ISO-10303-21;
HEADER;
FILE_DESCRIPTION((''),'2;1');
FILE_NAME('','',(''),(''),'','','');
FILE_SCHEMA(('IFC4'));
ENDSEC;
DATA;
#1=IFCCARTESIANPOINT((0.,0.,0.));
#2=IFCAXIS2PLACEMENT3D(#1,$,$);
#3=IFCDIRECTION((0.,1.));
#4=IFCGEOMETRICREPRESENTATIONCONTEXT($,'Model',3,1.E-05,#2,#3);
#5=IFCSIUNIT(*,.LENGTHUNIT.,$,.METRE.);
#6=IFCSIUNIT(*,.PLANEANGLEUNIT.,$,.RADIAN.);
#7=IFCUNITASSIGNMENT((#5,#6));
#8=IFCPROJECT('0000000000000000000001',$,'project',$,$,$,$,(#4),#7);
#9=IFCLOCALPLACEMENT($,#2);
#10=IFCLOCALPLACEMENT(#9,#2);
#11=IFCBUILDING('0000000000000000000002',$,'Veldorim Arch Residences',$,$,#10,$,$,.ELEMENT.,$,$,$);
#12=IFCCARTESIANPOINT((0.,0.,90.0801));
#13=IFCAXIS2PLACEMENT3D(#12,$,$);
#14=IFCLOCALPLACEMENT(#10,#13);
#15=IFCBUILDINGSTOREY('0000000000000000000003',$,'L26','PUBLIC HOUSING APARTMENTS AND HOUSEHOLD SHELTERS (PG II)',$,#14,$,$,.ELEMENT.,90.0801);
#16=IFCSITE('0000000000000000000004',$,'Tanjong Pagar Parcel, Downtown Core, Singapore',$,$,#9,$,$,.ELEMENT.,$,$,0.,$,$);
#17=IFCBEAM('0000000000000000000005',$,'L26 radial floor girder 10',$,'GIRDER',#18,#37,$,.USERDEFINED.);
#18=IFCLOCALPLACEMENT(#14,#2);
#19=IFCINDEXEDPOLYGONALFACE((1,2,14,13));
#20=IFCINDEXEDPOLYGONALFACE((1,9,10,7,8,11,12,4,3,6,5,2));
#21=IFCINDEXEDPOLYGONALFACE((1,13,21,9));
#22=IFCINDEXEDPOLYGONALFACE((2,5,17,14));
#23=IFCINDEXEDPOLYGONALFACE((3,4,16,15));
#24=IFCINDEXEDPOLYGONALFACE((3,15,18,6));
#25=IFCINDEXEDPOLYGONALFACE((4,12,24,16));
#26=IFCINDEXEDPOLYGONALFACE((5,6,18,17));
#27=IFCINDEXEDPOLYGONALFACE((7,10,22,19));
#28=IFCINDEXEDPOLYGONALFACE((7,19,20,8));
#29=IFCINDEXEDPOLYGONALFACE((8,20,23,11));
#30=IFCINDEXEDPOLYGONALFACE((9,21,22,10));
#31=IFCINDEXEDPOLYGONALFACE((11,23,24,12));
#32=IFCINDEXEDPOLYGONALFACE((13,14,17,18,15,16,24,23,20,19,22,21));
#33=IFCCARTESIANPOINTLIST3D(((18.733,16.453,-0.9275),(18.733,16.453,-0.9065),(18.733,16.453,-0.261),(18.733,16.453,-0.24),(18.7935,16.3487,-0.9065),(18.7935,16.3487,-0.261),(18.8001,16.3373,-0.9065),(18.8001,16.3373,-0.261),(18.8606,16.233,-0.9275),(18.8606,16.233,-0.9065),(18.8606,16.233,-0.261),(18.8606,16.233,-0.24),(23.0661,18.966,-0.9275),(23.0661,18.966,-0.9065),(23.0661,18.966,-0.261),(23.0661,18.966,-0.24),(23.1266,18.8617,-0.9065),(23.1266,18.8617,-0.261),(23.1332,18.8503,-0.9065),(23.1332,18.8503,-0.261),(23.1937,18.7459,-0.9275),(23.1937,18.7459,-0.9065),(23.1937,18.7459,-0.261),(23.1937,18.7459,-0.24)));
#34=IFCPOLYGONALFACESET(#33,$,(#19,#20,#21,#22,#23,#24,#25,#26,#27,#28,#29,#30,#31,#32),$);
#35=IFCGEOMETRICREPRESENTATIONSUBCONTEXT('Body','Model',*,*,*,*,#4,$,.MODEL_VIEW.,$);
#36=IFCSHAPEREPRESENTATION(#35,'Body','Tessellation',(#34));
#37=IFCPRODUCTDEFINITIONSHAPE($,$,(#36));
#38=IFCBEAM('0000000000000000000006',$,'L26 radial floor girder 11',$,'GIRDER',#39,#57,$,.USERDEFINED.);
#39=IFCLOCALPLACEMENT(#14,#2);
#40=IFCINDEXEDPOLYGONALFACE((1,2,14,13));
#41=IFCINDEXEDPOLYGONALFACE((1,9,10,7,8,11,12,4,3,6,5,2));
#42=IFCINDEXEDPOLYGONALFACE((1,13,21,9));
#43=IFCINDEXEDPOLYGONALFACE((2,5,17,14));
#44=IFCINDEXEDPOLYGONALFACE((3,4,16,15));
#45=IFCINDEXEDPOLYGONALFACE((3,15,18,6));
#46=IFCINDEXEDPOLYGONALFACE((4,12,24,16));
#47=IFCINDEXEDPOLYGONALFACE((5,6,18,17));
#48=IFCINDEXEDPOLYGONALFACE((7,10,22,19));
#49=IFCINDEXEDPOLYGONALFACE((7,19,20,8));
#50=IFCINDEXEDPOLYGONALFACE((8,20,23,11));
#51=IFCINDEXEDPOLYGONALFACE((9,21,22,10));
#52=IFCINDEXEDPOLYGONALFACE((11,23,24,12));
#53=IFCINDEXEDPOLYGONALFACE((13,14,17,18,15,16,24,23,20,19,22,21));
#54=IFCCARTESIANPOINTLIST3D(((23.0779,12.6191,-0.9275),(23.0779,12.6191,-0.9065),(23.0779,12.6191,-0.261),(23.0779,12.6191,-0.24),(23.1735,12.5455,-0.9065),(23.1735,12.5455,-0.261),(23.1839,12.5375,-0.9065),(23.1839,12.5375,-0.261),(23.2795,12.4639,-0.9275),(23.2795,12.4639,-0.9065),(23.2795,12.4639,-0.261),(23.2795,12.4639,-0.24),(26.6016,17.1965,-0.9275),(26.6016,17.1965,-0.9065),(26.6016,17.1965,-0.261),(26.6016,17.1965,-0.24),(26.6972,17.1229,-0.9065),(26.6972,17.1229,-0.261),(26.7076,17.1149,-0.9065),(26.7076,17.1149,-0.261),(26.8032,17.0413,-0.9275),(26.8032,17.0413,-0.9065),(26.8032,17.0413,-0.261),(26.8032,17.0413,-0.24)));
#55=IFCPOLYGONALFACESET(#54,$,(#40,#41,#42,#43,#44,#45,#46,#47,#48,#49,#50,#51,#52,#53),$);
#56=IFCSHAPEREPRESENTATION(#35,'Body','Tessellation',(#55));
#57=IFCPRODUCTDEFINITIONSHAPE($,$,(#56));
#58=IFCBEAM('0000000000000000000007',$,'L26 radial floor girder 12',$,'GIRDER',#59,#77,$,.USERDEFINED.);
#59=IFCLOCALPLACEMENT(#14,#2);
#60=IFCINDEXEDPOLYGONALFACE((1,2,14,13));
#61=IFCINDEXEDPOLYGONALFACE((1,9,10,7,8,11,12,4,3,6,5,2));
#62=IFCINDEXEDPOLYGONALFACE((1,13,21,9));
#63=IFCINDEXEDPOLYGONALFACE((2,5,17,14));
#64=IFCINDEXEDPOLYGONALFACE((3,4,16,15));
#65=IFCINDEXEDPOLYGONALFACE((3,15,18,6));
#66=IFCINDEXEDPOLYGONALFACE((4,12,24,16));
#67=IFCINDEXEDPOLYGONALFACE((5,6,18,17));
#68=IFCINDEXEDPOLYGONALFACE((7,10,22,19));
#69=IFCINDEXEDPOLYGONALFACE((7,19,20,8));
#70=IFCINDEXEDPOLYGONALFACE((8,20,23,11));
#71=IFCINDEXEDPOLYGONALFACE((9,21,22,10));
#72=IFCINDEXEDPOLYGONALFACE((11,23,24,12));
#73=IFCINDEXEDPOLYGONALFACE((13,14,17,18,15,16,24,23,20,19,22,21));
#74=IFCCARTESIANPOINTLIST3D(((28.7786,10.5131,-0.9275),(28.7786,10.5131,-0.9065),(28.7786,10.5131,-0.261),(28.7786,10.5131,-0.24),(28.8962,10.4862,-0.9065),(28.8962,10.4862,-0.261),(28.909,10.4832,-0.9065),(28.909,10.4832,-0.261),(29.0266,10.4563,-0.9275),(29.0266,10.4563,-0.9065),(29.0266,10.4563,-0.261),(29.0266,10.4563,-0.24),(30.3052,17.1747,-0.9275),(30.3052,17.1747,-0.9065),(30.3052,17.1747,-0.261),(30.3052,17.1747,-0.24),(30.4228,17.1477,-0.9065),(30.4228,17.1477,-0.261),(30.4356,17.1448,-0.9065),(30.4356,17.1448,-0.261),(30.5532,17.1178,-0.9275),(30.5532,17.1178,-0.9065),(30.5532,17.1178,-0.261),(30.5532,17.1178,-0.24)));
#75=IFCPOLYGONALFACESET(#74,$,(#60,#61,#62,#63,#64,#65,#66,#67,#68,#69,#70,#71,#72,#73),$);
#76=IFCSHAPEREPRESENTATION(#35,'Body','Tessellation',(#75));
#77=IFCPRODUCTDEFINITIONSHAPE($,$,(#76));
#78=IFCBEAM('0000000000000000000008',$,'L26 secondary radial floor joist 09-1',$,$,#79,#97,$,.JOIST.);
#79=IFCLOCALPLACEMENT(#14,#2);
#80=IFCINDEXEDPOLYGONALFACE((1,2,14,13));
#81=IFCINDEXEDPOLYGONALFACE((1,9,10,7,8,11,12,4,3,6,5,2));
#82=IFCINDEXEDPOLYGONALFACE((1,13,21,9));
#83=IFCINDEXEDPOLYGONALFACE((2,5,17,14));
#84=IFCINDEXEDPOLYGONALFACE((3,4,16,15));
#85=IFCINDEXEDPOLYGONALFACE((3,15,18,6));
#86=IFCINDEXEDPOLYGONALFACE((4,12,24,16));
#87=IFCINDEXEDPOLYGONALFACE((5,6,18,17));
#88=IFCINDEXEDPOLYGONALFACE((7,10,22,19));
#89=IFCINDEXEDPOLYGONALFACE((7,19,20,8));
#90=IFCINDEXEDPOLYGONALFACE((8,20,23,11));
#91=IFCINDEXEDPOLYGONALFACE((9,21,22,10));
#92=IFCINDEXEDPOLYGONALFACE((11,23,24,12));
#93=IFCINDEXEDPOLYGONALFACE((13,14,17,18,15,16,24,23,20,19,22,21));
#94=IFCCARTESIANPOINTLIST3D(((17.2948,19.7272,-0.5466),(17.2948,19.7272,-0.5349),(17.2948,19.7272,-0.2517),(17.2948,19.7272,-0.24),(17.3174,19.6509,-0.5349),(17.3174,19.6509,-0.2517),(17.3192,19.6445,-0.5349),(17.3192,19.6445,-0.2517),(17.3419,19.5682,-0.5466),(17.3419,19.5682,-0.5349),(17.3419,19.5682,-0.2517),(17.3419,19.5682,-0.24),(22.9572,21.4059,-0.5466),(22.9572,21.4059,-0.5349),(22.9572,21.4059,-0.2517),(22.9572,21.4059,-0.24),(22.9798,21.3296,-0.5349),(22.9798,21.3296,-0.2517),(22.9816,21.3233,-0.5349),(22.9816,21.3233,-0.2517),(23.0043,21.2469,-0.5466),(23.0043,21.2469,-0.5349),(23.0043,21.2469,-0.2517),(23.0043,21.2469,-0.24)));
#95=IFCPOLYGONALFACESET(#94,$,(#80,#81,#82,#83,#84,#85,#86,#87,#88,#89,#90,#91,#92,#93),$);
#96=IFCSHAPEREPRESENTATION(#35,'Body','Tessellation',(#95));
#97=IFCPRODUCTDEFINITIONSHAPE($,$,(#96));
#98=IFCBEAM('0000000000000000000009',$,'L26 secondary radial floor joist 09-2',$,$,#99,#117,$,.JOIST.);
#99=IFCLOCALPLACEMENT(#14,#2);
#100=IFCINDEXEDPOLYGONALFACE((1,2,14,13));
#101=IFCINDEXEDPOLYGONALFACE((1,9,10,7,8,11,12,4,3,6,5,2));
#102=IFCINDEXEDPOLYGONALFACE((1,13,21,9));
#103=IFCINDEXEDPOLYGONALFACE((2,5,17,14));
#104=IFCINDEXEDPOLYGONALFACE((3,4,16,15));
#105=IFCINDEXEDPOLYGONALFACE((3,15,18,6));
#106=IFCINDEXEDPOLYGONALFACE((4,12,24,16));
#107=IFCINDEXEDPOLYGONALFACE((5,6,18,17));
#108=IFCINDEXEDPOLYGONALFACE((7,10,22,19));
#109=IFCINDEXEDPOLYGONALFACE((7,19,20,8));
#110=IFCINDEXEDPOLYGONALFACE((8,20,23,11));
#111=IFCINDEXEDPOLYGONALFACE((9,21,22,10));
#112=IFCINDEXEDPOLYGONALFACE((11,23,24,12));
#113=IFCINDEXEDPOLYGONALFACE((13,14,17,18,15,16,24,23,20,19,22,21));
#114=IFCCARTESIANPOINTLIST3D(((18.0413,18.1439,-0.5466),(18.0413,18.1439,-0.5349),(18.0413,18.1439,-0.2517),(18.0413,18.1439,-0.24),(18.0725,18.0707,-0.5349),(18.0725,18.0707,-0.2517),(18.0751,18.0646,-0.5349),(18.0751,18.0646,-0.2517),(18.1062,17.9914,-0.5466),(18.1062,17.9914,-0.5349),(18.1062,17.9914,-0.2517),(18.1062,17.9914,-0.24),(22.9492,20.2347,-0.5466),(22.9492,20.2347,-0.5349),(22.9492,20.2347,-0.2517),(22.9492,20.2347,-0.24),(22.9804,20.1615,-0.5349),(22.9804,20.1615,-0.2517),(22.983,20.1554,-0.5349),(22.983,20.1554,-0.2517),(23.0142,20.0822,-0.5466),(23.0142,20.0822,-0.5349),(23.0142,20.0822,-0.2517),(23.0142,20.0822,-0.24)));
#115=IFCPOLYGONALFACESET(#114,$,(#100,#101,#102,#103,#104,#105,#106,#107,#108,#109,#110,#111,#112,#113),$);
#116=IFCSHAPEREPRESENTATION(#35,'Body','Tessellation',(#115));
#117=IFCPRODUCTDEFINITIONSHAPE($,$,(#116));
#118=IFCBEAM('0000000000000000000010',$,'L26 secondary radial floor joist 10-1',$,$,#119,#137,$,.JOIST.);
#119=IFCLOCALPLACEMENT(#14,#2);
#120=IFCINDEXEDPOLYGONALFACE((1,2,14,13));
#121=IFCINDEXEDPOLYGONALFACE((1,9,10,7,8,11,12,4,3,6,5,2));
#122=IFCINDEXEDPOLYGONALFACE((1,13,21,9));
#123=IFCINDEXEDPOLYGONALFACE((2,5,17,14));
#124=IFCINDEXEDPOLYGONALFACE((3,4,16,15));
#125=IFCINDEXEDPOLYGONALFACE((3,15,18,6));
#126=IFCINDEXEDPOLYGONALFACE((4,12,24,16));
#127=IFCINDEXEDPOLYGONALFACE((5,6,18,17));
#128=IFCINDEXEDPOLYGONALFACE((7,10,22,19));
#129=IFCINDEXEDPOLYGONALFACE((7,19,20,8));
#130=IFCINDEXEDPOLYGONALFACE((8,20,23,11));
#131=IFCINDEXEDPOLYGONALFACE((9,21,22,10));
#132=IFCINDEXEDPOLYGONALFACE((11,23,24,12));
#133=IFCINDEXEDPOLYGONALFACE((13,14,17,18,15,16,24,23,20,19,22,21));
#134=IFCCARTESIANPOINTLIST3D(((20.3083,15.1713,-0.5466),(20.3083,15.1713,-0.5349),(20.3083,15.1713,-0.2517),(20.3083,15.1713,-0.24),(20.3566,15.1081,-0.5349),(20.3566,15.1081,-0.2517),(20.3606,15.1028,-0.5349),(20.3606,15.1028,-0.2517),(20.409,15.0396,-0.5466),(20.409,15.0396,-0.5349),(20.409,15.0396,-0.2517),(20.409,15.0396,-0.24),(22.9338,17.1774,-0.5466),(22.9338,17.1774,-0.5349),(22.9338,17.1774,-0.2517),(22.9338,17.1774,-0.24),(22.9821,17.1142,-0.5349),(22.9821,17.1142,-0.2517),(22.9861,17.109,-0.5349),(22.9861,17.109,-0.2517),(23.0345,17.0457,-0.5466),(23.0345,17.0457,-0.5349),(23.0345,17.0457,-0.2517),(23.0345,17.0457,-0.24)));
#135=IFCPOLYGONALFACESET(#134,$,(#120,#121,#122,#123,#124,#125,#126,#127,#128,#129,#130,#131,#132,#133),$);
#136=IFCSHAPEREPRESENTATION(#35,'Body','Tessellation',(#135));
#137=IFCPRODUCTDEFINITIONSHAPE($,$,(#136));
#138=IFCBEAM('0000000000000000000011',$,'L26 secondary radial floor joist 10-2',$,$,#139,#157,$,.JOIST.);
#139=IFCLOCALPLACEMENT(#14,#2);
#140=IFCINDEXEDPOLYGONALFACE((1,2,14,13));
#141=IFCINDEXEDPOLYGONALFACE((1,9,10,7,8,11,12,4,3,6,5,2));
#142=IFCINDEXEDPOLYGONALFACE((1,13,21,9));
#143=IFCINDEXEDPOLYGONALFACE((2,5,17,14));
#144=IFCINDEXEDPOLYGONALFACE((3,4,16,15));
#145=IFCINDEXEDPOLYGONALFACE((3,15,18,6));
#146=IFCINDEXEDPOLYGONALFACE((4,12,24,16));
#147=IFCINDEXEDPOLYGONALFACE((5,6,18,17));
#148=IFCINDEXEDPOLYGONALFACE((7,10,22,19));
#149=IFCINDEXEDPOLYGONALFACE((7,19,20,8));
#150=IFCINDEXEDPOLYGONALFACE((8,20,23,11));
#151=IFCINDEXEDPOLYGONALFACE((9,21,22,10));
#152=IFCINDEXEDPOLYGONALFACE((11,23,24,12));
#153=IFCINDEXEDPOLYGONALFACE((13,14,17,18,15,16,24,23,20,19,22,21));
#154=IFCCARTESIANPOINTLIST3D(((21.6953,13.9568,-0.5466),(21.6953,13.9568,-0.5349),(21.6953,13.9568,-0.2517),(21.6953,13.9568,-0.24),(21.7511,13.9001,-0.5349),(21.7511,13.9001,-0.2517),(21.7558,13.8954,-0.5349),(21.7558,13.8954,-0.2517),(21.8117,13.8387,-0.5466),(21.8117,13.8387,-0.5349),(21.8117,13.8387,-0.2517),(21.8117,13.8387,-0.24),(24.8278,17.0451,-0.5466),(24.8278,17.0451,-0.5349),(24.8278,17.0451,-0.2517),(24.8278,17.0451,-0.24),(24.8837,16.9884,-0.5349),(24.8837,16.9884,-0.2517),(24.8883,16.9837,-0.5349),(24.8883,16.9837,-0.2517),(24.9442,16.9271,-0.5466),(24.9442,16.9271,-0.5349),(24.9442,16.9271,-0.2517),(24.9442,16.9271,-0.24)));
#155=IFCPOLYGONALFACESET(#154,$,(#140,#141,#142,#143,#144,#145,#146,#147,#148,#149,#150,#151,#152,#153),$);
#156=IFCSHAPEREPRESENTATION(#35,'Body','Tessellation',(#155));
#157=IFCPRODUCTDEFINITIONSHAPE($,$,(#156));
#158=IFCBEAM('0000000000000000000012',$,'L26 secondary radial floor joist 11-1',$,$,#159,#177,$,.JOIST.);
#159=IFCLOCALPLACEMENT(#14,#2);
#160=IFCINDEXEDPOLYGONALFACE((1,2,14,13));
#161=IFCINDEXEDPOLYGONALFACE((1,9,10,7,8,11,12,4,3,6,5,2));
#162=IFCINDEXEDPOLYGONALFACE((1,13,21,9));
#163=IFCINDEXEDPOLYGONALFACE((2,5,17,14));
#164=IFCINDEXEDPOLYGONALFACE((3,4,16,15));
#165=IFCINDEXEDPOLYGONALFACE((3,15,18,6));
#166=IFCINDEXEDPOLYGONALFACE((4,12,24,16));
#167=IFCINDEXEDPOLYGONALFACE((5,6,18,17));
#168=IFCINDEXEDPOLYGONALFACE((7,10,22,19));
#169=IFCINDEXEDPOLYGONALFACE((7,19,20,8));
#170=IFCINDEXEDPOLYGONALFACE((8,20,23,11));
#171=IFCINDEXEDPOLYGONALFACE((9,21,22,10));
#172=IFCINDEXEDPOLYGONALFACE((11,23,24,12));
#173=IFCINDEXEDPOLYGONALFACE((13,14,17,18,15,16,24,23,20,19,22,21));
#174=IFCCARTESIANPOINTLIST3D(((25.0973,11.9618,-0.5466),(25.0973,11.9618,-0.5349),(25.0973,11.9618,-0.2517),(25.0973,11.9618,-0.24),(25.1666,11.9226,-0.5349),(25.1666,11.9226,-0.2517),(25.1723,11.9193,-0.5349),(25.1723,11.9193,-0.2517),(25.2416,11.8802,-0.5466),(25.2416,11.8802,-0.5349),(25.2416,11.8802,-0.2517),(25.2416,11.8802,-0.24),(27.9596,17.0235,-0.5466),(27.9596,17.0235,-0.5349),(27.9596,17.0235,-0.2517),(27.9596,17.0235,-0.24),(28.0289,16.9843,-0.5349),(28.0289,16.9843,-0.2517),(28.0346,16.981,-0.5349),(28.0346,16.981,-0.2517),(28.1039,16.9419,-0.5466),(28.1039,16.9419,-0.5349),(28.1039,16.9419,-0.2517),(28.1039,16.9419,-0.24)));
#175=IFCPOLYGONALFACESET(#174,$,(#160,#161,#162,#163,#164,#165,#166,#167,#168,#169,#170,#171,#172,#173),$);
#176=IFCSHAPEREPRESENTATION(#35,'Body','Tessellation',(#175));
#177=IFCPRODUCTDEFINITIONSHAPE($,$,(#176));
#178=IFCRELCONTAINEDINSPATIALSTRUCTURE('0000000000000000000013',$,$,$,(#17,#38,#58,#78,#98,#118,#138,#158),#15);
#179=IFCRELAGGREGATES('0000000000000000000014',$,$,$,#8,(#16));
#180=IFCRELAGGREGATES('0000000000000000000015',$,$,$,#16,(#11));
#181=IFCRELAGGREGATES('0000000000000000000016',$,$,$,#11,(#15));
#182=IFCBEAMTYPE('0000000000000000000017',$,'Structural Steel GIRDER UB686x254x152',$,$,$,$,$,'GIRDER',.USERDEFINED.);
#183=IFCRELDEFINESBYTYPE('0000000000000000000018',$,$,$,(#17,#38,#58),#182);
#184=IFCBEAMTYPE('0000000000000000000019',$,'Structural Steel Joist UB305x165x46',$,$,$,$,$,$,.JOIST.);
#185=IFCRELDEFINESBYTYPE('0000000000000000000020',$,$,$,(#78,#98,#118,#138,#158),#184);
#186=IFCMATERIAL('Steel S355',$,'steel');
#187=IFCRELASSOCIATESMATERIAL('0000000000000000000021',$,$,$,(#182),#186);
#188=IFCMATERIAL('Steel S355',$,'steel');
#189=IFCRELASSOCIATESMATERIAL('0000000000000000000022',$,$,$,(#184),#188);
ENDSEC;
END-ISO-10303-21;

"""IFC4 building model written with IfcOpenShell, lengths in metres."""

from ifc_helpers import new_model, si_unit, direction, frame, origin, origin_2d, place, context, subcontext, project, spatial, i_section, extrude, material, material_profile, profile_set, type_object, element, save


model = new_model("IFC4")

# Units and contexts
model_context = context("Model", 3, precision=1e-05, world=origin(), true_north=direction((0.0, 1.0)))
body_context = subcontext(model_context, "Body", "Model", "MODEL_VIEW")
ifc_project = project(units=[si_unit("LENGTHUNIT", "METRE"), si_unit("PLANEANGLEUNIT", "RADIAN")], contexts=[model_context])

# Site, building, storey
site_placement = place(None, origin())
site = spatial("IfcSite", under=ifc_project, at=site_placement, Name="Tanjong Pagar Parcel, Downtown Core, Singapore", CompositionType="ELEMENT", RefElevation=0.0)
building_placement = place(site_placement, origin())
building = spatial("IfcBuilding", under=site, at=building_placement, Name="Veldorim Arch Residences", CompositionType="ELEMENT")
storey_placement = place(building_placement, frame((0.0, 0.0, 90.0801)))
storey = spatial("IfcBuildingStorey", under=building, at=storey_placement, Name="L26", Description="PUBLIC HOUSING APARTMENTS AND HOUSEHOLD SHELTERS (PG II)", CompositionType="ELEMENT", Elevation=90.0801)

# Beams
ifc_material_1 = material(Name="Steel S355", Category="steel")
ifc_material_profile_1 = material_profile(ifc_material_1, i_section(OverallWidth=0.2544, OverallDepth=0.6875, WebThickness=0.0132, FlangeThickness=0.021, at=origin_2d()), Name="UB686x254x152")
ifc_profile_set_1 = profile_set([ifc_material_profile_1], Name="Steel S355")
beam_type_1 = type_object("IfcBeamType", Name="Structural Steel GIRDER UB686x254x152", ElementType="GIRDER", PredefinedType="USERDEFINED", material=ifc_profile_set_1)
beam_1_placement = place(storey_placement, frame((23.1299, 18.856, -0.5837), z_axis=(-0.865049, -0.501687, 0.0), x_axis=(0.501687, -0.865049, 0.0)))
element("IfcBeam", 1, at=beam_1_placement, inside=storey, type_object=beam_type_1, Name="L26 radial floor girder 10", ObjectType="GIRDER", PredefinedType="USERDEFINED", context=body_context, shape_type="SweptSolid", body=[
    extrude(i_section(OverallWidth=0.2544, OverallDepth=0.6875, WebThickness=0.0132, FlangeThickness=0.021, at=origin_2d()), origin(), (0.0, 0.0, 1.0), 5.009),
])
beam_2_placement = place(storey_placement, frame((26.7024, 17.1189, -0.5837), z_axis=(-0.609995, -0.792406, 0.0), x_axis=(0.792406, -0.609995, 0.0)))
element("IfcBeam", 2, at=beam_2_placement, inside=storey, type_object=beam_type_1, Name="L26 radial floor girder 11", ObjectType="GIRDER", PredefinedType="USERDEFINED", context=body_context, shape_type="SweptSolid", body=[
    extrude(i_section(OverallWidth=0.2544, OverallDepth=0.6875, WebThickness=0.0132, FlangeThickness=0.021, at=origin_2d()), origin(), (0.0, 0.0, 1.0), 5.7766),
])
beam_3_placement = place(storey_placement, frame((30.4292, 17.1462, -0.5837), z_axis=(-0.223375, -0.974733, 0.0), x_axis=(0.974733, -0.223375, 0.0)))
element("IfcBeam", 3, at=beam_3_placement, inside=storey, type_object=beam_type_1, Name="L26 radial floor girder 12", ObjectType="GIRDER", PredefinedType="USERDEFINED", context=body_context, shape_type="SweptSolid", body=[
    extrude(i_section(OverallWidth=0.2544, OverallDepth=0.6875, WebThickness=0.0132, FlangeThickness=0.021, at=origin_2d()), origin(), (0.0, 0.0, 1.0), 6.8342),
])
ifc_material_2 = material(Name="Steel S355", Category="steel")
ifc_material_profile_2 = material_profile(ifc_material_2, i_section(OverallWidth=0.1658, OverallDepth=0.3066, WebThickness=0.0066, FlangeThickness=0.0117, at=origin_2d()), Name="UB305x165x46")
ifc_profile_set_2 = profile_set([ifc_material_profile_2], Name="Steel S355")
beam_type_2 = type_object("IfcBeamType", Name="Structural Steel Joist UB305x165x46", PredefinedType="JOIST", material=ifc_profile_set_2)
beam_4_placement = place(storey_placement, frame((22.9807, 21.3264, -0.3933), z_axis=(-0.958753, -0.28424, 0.0), x_axis=(0.28424, -0.958753, 0.0)))
element("IfcBeam", 4, at=beam_4_placement, inside=storey, type_object=beam_type_2, Name="L26 secondary radial floor joist 09-1", PredefinedType="JOIST", context=body_context, shape_type="SweptSolid", body=[
    extrude(i_section(OverallWidth=0.1658, OverallDepth=0.3066, WebThickness=0.0066, FlangeThickness=0.0117, at=origin_2d()), origin(), (0.0, 0.0, 1.0), 5.906),
])
beam_5_placement = place(storey_placement, frame((22.9817, 20.1584, -0.3933), z_axis=(-0.919997, -0.391924, 0.0), x_axis=(0.391924, -0.919997, 0.0)))
element("IfcBeam", 5, at=beam_5_placement, inside=storey, type_object=beam_type_2, Name="L26 secondary radial floor joist 09-2", PredefinedType="JOIST", context=body_context, shape_type="SweptSolid", body=[
    extrude(i_section(OverallWidth=0.1658, OverallDepth=0.3066, WebThickness=0.0066, FlangeThickness=0.0117, at=origin_2d()), origin(), (0.0, 0.0, 1.0), 5.3347),
])
beam_6_placement = place(storey_placement, frame((22.9841, 17.1116, -0.3933), z_axis=(-0.794595, -0.60714, 0.0), x_axis=(0.60714, -0.794595, 0.0)))
element("IfcBeam", 6, at=beam_6_placement, inside=storey, type_object=beam_type_2, Name="L26 secondary radial floor joist 10-1", PredefinedType="JOIST", context=body_context, shape_type="SweptSolid", body=[
    extrude(i_section(OverallWidth=0.1658, OverallDepth=0.3066, WebThickness=0.0066, FlangeThickness=0.0117, at=origin_2d()), origin(), (0.0, 0.0, 1.0), 3.3042),
])
beam_7_placement = place(storey_placement, frame((24.886, 16.9861, -0.3933), z_axis=(-0.712112, -0.702066, 0.0), x_axis=(0.702066, -0.712112, 0.0)))
element("IfcBeam", 7, at=beam_7_placement, inside=storey, type_object=beam_type_2, Name="L26 secondary radial floor joist 10-2", PredefinedType="JOIST", context=body_context, shape_type="SweptSolid", body=[
    extrude(i_section(OverallWidth=0.1658, OverallDepth=0.3066, WebThickness=0.0066, FlangeThickness=0.0117, at=origin_2d()), origin(), (0.0, 0.0, 1.0), 4.3989),
])
beam_8_placement = place(storey_placement, frame((28.0317, 16.9827, -0.3933), z_axis=(-0.492227, -0.870467, 0.0), x_axis=(0.870467, -0.492227, 0.0)))
element("IfcBeam", 8, at=beam_8_placement, inside=storey, type_object=beam_type_2, Name="L26 secondary radial floor joist 11-1", PredefinedType="JOIST", context=body_context, shape_type="SweptSolid", body=[
    extrude(i_section(OverallWidth=0.1658, OverallDepth=0.3066, WebThickness=0.0066, FlangeThickness=0.0117, at=origin_2d()), origin(), (0.0, 0.0, 1.0), 5.8149),
])

save(model, "model.ifc")
